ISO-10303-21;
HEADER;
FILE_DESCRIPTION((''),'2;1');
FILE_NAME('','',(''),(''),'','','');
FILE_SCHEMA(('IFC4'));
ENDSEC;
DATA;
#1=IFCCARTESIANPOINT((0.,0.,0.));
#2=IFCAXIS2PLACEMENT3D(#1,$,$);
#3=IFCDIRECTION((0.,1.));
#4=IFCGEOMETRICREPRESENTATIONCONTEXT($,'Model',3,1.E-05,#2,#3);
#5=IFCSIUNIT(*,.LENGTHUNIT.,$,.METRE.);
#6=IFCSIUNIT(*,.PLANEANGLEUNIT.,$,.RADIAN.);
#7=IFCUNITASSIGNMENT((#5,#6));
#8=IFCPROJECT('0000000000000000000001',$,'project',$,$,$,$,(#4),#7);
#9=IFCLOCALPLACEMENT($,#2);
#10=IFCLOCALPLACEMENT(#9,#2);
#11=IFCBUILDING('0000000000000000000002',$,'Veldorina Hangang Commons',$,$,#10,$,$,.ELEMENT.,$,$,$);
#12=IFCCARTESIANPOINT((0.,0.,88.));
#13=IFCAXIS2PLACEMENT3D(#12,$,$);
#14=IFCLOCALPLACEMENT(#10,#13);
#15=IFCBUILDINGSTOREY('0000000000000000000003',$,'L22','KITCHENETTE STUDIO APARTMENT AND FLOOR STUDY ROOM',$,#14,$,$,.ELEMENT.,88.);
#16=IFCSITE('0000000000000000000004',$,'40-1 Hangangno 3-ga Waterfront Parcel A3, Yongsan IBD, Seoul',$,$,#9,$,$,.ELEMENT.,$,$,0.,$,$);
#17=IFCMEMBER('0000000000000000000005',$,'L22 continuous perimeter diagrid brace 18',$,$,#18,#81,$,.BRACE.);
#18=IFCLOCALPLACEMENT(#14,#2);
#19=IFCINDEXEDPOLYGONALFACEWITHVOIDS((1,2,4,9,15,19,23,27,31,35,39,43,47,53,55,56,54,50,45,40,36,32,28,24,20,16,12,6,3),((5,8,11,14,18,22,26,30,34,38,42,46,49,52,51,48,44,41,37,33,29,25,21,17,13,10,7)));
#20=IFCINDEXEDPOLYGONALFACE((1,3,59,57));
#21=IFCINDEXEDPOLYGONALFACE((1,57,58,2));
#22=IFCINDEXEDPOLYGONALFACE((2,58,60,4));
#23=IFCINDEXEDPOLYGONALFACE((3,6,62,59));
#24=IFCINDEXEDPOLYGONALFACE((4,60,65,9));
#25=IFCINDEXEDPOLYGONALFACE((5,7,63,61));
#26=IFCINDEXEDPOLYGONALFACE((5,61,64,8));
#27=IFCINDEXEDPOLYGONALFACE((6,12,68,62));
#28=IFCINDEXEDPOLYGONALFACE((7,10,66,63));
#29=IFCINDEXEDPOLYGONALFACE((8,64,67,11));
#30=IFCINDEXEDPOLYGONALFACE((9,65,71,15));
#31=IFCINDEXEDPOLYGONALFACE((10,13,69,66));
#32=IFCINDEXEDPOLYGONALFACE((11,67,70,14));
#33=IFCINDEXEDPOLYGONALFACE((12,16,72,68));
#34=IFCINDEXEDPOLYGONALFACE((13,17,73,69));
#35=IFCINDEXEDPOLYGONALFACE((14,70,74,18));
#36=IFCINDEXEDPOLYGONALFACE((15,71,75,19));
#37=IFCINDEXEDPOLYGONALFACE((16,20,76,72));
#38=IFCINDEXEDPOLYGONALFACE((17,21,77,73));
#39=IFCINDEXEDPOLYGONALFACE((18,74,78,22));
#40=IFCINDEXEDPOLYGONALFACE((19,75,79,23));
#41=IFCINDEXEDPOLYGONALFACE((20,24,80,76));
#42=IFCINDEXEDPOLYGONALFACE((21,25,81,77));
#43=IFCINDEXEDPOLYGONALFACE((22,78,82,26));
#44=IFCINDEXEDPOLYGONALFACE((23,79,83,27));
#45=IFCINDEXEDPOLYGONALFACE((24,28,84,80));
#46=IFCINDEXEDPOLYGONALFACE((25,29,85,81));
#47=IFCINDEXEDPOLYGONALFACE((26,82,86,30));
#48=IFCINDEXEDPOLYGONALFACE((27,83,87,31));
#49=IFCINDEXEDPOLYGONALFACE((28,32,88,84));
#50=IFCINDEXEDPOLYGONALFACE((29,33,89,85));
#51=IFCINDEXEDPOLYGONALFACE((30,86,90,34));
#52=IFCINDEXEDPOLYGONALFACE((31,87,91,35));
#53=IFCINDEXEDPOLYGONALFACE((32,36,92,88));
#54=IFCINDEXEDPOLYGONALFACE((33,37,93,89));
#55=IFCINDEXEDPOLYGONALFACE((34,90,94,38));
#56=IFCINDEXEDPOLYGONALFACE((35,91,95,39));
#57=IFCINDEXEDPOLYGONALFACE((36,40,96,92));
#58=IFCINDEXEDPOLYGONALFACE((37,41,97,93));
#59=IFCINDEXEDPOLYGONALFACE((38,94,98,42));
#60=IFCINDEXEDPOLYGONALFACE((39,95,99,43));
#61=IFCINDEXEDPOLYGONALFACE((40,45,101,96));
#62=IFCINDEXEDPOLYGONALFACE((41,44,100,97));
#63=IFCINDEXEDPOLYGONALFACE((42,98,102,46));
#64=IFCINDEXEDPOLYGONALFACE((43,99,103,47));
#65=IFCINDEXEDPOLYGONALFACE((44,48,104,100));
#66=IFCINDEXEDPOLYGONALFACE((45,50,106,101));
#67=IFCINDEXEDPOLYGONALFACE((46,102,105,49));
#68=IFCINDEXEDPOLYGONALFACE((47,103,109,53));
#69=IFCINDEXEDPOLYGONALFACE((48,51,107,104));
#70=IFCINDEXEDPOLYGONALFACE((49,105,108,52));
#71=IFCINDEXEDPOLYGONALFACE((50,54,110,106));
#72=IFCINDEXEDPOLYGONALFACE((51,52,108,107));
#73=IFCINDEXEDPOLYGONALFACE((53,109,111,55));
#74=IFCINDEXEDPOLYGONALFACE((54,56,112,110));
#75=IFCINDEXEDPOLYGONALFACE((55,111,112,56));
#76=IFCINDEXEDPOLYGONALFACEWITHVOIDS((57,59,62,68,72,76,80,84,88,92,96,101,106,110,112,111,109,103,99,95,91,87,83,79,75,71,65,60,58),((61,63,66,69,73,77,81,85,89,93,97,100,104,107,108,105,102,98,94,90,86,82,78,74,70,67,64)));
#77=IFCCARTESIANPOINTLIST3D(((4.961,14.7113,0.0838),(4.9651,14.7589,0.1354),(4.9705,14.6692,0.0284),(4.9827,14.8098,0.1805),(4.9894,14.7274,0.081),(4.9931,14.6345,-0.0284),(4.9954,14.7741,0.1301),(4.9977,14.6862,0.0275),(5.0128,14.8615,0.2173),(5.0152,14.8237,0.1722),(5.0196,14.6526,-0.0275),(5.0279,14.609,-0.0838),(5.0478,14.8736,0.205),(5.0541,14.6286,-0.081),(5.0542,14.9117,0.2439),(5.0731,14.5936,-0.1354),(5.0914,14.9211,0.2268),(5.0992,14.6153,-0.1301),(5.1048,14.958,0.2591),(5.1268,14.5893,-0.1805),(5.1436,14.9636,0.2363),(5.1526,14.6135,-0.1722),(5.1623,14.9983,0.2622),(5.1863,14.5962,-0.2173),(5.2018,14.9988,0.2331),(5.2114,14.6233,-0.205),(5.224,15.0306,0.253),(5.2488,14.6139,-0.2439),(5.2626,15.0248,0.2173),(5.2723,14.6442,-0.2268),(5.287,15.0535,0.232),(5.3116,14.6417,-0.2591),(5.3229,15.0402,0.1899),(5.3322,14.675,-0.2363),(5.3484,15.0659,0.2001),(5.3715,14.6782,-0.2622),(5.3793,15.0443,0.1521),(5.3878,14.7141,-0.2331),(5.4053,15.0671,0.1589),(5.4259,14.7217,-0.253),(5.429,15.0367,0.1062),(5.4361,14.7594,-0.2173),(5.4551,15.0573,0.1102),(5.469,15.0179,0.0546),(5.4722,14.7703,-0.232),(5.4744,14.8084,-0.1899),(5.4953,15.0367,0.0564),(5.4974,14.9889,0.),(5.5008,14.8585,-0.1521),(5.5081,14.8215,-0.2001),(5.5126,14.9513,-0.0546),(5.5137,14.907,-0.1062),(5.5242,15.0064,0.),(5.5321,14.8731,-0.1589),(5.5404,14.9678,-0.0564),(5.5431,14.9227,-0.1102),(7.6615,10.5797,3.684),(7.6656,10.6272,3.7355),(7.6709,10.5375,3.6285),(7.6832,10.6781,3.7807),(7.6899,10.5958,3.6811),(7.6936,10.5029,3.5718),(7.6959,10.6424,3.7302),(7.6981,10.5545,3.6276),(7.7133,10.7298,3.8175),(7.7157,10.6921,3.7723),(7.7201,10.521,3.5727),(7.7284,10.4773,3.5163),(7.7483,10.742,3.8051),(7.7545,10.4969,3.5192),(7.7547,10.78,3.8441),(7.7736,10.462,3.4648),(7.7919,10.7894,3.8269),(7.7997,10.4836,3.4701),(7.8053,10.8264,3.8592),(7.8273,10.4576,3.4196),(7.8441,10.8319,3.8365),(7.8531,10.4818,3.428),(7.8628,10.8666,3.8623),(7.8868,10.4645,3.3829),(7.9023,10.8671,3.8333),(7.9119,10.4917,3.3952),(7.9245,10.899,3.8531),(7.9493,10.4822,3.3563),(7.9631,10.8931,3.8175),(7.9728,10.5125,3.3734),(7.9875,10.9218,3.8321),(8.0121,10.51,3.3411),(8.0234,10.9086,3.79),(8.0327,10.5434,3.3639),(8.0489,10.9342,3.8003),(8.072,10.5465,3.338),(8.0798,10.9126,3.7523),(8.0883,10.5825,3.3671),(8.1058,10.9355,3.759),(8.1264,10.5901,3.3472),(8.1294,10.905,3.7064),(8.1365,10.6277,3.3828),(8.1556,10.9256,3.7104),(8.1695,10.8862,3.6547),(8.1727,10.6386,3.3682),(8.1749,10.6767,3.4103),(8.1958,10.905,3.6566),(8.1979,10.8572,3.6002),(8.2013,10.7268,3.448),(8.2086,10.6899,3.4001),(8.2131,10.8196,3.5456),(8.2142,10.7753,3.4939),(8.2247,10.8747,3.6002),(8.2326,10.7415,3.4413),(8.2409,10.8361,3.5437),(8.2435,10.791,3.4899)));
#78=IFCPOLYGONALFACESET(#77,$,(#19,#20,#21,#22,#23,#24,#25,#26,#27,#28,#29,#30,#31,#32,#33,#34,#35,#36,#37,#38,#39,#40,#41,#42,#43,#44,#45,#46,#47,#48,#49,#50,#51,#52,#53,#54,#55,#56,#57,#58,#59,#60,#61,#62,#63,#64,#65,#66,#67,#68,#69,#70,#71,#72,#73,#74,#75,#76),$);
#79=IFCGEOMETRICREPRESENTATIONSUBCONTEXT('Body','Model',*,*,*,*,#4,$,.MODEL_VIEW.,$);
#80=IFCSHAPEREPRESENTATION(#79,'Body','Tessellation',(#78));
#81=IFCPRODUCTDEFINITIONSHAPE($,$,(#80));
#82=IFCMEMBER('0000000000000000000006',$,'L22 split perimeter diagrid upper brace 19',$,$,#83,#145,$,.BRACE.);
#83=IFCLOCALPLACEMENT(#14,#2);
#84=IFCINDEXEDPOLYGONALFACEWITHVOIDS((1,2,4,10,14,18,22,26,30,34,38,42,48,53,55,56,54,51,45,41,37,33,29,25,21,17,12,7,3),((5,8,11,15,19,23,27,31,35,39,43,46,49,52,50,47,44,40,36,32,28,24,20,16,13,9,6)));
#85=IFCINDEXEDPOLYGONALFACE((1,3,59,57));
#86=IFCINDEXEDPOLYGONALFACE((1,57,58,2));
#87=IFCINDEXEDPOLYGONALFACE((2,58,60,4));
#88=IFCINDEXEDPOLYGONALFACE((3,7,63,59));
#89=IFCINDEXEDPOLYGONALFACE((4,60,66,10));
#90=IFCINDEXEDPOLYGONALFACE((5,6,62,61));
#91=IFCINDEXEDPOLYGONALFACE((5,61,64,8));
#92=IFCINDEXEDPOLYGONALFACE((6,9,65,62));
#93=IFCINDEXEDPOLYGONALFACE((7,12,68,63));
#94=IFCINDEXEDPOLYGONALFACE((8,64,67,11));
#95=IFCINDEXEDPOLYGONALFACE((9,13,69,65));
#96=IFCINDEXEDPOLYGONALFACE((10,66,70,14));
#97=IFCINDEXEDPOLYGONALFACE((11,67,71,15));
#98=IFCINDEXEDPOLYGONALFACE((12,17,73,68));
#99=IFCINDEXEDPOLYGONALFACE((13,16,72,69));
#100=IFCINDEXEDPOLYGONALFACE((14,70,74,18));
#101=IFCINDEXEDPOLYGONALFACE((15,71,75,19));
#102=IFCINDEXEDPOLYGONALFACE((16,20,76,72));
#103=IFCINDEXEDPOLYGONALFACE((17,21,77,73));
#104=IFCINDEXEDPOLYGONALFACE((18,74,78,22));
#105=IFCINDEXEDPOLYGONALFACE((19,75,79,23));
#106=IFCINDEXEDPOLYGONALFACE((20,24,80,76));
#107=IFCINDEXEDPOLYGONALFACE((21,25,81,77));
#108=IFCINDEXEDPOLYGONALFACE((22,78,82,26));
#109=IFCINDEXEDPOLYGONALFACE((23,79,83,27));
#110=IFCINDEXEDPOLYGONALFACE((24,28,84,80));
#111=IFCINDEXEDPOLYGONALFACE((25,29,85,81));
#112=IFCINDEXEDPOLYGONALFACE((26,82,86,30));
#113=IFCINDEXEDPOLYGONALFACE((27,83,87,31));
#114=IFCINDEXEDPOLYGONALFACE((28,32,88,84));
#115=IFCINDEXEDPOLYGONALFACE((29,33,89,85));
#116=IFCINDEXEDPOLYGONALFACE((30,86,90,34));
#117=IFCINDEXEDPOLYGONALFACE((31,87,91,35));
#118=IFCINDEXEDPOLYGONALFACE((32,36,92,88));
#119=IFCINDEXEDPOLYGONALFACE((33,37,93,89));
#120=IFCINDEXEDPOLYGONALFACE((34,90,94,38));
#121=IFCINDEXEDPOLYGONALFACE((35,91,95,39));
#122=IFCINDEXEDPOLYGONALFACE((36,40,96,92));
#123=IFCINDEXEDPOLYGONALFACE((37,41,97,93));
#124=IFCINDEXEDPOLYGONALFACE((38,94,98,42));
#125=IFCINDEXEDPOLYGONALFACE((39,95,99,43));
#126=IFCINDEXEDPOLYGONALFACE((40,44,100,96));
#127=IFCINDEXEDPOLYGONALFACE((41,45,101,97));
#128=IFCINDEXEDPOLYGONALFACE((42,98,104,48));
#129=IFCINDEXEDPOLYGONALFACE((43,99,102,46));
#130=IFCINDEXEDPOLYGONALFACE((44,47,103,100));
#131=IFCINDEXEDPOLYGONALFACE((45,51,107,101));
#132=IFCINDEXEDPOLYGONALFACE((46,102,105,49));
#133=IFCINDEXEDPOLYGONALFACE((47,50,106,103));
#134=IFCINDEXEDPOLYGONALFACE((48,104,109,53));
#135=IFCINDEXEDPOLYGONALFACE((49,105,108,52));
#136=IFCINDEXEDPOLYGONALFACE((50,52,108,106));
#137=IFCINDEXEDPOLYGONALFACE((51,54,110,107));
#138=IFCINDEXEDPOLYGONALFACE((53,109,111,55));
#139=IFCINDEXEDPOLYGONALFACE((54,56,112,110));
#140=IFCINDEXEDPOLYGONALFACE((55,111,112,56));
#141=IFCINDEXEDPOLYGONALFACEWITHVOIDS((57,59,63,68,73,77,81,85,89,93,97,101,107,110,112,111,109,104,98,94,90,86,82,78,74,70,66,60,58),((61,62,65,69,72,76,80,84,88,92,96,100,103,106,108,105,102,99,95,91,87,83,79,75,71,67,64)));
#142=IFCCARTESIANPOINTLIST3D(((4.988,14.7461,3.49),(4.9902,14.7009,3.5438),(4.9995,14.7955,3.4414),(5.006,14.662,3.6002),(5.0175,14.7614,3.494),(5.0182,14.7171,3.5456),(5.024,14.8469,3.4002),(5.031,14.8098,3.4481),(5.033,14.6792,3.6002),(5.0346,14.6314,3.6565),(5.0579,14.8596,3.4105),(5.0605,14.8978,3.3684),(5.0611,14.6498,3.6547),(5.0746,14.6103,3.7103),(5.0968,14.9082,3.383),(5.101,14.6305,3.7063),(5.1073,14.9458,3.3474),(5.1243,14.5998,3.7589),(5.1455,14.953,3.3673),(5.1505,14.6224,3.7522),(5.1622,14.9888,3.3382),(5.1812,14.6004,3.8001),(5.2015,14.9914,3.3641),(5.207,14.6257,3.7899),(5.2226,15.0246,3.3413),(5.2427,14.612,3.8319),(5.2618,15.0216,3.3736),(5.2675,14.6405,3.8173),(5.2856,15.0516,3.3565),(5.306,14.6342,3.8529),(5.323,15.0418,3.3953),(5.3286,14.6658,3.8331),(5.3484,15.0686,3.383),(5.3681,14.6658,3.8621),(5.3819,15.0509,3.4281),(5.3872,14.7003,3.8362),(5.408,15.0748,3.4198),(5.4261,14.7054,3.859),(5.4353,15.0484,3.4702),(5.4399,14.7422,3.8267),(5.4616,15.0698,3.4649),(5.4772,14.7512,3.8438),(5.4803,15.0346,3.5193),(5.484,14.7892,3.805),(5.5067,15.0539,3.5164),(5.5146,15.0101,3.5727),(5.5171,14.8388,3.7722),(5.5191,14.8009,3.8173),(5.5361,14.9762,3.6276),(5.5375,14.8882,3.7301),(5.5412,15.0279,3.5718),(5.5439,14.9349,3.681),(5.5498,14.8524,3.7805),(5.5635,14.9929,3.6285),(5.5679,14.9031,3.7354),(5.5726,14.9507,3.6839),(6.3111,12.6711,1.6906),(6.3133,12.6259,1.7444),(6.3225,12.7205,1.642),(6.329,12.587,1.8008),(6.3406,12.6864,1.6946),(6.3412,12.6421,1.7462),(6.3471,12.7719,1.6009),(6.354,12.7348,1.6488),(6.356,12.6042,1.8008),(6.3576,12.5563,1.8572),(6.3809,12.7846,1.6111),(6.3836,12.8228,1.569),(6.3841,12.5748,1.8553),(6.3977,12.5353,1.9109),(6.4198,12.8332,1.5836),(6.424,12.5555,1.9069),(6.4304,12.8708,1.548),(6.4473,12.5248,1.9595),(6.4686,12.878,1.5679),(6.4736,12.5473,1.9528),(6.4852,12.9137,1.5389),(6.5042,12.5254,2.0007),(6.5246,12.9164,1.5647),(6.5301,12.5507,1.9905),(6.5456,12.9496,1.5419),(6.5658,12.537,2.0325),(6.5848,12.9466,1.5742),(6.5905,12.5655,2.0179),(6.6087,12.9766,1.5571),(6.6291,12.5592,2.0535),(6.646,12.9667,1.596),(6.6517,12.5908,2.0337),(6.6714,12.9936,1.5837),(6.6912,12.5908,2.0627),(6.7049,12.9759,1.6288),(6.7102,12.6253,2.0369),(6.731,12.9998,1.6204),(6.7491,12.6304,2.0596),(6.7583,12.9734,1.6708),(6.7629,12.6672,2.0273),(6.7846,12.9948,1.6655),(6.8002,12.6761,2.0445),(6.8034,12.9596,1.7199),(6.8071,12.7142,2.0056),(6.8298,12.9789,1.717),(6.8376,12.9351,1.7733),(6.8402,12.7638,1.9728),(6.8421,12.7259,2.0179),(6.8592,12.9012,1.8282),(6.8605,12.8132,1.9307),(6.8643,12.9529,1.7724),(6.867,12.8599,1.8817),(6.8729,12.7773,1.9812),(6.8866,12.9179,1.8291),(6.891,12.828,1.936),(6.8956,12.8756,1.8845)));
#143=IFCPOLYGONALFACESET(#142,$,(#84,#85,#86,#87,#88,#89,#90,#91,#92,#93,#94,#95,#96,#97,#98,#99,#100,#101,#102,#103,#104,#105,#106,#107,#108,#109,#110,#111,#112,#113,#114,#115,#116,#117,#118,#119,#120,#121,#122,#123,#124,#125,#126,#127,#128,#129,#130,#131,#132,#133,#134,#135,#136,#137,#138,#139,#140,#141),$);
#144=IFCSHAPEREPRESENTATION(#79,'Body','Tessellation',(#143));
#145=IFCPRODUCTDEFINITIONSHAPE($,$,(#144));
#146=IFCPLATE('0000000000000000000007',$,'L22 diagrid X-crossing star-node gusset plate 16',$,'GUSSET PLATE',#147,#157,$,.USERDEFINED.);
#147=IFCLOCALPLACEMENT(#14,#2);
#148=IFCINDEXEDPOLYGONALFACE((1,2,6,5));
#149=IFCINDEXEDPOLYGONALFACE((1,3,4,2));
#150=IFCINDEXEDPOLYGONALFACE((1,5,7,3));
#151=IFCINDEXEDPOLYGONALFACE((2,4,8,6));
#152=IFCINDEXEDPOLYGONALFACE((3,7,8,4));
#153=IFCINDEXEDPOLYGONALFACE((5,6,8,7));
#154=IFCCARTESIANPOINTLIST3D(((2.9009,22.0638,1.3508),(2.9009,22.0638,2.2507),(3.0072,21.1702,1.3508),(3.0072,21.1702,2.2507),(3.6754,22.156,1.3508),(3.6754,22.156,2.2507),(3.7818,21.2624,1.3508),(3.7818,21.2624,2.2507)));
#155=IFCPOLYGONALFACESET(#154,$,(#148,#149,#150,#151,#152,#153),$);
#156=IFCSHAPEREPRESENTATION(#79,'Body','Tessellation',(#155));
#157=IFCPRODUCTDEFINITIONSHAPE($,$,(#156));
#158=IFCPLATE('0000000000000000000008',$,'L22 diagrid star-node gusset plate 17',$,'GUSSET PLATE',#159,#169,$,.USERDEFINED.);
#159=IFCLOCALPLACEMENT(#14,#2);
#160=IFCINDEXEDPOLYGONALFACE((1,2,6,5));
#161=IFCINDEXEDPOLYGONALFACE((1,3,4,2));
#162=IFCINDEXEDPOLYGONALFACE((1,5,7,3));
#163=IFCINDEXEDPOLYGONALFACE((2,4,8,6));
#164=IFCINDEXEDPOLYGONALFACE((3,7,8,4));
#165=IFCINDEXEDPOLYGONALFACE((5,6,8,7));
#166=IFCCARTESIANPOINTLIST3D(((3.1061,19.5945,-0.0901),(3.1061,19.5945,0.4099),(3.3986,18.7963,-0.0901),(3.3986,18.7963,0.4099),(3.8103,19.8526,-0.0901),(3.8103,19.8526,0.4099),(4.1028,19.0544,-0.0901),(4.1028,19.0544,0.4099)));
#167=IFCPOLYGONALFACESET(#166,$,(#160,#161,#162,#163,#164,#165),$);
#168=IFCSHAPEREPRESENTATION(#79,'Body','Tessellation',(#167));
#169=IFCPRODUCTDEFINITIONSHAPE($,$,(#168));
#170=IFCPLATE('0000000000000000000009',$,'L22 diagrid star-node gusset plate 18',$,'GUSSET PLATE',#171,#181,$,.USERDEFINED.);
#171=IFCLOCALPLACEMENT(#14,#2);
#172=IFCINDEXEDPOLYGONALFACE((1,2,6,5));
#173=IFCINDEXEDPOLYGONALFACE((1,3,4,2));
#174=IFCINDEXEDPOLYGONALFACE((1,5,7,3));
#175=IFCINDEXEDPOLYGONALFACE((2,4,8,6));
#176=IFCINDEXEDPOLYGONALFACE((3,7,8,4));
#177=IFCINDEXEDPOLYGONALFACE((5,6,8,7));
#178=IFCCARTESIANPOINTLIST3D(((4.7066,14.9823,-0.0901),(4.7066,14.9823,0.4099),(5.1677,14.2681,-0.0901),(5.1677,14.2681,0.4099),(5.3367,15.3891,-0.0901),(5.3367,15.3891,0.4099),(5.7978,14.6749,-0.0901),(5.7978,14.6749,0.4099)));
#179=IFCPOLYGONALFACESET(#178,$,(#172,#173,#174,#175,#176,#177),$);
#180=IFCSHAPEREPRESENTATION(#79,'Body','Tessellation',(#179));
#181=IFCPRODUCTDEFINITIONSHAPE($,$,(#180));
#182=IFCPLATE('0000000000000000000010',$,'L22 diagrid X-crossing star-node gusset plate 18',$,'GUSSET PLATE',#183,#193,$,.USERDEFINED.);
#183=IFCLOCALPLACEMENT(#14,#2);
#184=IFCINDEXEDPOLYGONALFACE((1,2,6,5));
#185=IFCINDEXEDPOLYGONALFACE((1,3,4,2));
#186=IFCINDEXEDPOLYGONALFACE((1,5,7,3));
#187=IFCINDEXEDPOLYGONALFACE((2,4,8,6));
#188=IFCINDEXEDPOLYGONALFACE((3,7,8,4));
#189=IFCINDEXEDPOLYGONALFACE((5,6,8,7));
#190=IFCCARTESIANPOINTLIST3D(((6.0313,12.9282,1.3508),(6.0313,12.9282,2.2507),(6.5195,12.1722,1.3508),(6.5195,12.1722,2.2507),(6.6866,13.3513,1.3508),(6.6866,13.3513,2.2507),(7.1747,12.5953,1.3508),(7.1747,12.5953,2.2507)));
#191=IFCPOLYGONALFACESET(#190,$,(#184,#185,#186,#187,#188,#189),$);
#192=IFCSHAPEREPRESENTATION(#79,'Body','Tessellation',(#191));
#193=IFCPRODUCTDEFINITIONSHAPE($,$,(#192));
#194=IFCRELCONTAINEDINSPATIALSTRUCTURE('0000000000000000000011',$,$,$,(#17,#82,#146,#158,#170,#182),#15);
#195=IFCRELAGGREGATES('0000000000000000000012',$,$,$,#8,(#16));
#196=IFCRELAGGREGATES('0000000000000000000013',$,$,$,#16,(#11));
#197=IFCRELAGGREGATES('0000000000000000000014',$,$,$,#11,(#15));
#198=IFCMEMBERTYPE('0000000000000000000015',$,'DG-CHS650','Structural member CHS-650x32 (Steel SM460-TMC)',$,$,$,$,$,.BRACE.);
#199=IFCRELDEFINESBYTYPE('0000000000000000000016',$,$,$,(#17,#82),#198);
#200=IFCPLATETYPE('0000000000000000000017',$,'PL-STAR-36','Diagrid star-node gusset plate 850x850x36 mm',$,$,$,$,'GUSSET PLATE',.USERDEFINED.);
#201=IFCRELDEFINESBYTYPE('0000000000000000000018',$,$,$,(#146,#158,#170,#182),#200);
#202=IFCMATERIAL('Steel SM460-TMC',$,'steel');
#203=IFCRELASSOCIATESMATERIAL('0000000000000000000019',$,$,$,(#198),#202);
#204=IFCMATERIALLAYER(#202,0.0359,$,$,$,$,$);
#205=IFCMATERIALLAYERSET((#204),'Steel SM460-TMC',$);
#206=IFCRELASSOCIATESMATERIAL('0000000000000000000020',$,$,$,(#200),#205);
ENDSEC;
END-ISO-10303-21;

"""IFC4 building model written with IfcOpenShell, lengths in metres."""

from ifc_helpers import new_model, si_unit, direction, frame, origin, origin_2d, place, context, subcontext, project, spatial, rectangle, hollow_circle, extrude, material, layer, layer_set, material_profile, profile_set, type_object, element, save


model = new_model("IFC4")

# Units and contexts
model_context = context("Model", 3, precision=1e-05, world=origin(), true_north=direction((0.0, 1.0)))
body_context = subcontext(model_context, "Body", "Model", "MODEL_VIEW")
ifc_project = project(units=[si_unit("LENGTHUNIT", "METRE"), si_unit("PLANEANGLEUNIT", "RADIAN")], contexts=[model_context])

# Site, building, storey
site_placement = place(None, origin())
site = spatial("IfcSite", under=ifc_project, at=site_placement, Name="40-1 Hangangno 3-ga Waterfront Parcel A3, Yongsan IBD, Seoul", CompositionType="ELEMENT", RefElevation=0.0)
building_placement = place(site_placement, origin())
building = spatial("IfcBuilding", under=site, at=building_placement, Name="Veldorina Hangang Commons", CompositionType="ELEMENT")
storey_placement = place(building_placement, frame((0.0, 0.0, 88.0)))
storey = spatial("IfcBuildingStorey", under=building, at=storey_placement, Name="L22", Description="KITCHENETTE STUDIO APARTMENT AND FLOOR STUDY ROOM", CompositionType="ELEMENT", Elevation=88.0)

# Members
ifc_material_1 = material(Name="Steel SM460-TMC", Category="steel")
ifc_material_profile_1 = material_profile(ifc_material_1, hollow_circle(Radius=0.325, WallThickness=0.032, at=origin_2d()), Name="CHS-650x32")
ifc_profile_set_1 = profile_set([ifc_material_profile_1], Name="Steel SM460-TMC")
member_type = type_object("IfcMemberType", Name="DG-CHS650", Description="Structural member CHS-650x32 (Steel SM460-TMC)", PredefinedType="BRACE", material=ifc_profile_set_1)
member_1_placement = place(storey_placement, frame((5.2522, 14.8286, 0.0), z_axis=(0.442024, -0.676283, 0.589285), x_axis=(0.837061, 0.547109, 0.0)))
element("IfcMember", 1, at=member_1_placement, inside=storey, type_object=member_type, Name="L22 continuous perimeter diagrid brace 18", PredefinedType="BRACE", context=body_context, shape_type="SweptSolid", body=[
    extrude(hollow_circle(Radius=0.325, WallThickness=0.032, at=origin_2d()), origin(), (0.0, 0.0, 1.0), 6.1094),
])
member_2_placement = place(storey_placement, frame((6.603, 12.7617, 1.8008), z_axis=(-0.433985, 0.680649, 0.590232), x_axis=(-0.843187, -0.53762, 0.0)))
element("IfcMember", 2, at=member_2_placement, inside=storey, type_object=member_type, Name="L22 split perimeter diagrid upper brace 19", PredefinedType="BRACE", context=body_context, shape_type="SweptSolid", body=[
    extrude(hollow_circle(Radius=0.325, WallThickness=0.032, at=origin_2d()), origin(), (0.0, 0.0, 1.0), 3.0486),
])

# Plates
ifc_layer_1 = layer(ifc_material_1, 0.0359)
ifc_layer_set_1 = layer_set([ifc_layer_1], Name="Steel SM460-TMC")
plate_type = type_object("IfcPlateType", Name="PL-STAR-36", Description="Diagrid star-node gusset plate 850x850x36 mm", ElementType="GUSSET PLATE", PredefinedType="USERDEFINED", material=ifc_layer_set_1)
plate_1_placement = place(storey_placement, frame((3.3413, 21.6631, 1.3508), z_axis=(0.0, 0.0, 1.0), x_axis=(0.118144, -0.992996, 0.0)))
element("IfcPlate", 3, at=plate_1_placement, inside=storey, type_object=plate_type, Name="L22 diagrid X-crossing star-node gusset plate 16", ObjectType="GUSSET PLATE", PredefinedType="USERDEFINED", context=body_context, shape_type="SweptSolid", body=[
    extrude(rectangle(XDim=0.8999, YDim=0.78, at=origin_2d()), origin(), (0.0, 0.0, 1.0), 0.8999),
])
for number, where, z_axis, x_axis, name in (
    (4, (3.6045, 19.3245, -0.0901), (0.0, 0.0, 1.0), (0.344069, -0.938944, 0.0), "L22 diagrid star-node gusset plate 17"),
    (5, (5.2522, 14.8286, -0.0901), (0.0, 0.0, 1.0), (0.542442, -0.840094, 0.0), "L22 diagrid star-node gusset plate 18"),
):
    element("IfcPlate", number, at=place(storey_placement, frame(where, z_axis=z_axis, x_axis=x_axis)), inside=storey, type_object=plate_type, Name=name, ObjectType="GUSSET PLATE", PredefinedType="USERDEFINED", context=body_context, shape_type="SweptSolid", body=[
        extrude(rectangle(XDim=0.8501, YDim=0.75, at=origin_2d()), origin(), (0.0, 0.0, 1.0), 0.5),
    ])
plate_2_placement = place(storey_placement, frame((6.603, 12.7617, 1.3508), z_axis=(0.0, 0.0, 1.0), x_axis=(0.542442, -0.840094, 0.0)))
element("IfcPlate", 6, at=plate_2_placement, inside=storey, type_object=plate_type, Name="L22 diagrid X-crossing star-node gusset plate 18", ObjectType="GUSSET PLATE", PredefinedType="USERDEFINED", context=body_context, shape_type="SweptSolid", body=[
    extrude(rectangle(XDim=0.8999, YDim=0.78, at=origin_2d()), origin(), (0.0, 0.0, 1.0), 0.8999),
])

save(model, "model.ifc")
